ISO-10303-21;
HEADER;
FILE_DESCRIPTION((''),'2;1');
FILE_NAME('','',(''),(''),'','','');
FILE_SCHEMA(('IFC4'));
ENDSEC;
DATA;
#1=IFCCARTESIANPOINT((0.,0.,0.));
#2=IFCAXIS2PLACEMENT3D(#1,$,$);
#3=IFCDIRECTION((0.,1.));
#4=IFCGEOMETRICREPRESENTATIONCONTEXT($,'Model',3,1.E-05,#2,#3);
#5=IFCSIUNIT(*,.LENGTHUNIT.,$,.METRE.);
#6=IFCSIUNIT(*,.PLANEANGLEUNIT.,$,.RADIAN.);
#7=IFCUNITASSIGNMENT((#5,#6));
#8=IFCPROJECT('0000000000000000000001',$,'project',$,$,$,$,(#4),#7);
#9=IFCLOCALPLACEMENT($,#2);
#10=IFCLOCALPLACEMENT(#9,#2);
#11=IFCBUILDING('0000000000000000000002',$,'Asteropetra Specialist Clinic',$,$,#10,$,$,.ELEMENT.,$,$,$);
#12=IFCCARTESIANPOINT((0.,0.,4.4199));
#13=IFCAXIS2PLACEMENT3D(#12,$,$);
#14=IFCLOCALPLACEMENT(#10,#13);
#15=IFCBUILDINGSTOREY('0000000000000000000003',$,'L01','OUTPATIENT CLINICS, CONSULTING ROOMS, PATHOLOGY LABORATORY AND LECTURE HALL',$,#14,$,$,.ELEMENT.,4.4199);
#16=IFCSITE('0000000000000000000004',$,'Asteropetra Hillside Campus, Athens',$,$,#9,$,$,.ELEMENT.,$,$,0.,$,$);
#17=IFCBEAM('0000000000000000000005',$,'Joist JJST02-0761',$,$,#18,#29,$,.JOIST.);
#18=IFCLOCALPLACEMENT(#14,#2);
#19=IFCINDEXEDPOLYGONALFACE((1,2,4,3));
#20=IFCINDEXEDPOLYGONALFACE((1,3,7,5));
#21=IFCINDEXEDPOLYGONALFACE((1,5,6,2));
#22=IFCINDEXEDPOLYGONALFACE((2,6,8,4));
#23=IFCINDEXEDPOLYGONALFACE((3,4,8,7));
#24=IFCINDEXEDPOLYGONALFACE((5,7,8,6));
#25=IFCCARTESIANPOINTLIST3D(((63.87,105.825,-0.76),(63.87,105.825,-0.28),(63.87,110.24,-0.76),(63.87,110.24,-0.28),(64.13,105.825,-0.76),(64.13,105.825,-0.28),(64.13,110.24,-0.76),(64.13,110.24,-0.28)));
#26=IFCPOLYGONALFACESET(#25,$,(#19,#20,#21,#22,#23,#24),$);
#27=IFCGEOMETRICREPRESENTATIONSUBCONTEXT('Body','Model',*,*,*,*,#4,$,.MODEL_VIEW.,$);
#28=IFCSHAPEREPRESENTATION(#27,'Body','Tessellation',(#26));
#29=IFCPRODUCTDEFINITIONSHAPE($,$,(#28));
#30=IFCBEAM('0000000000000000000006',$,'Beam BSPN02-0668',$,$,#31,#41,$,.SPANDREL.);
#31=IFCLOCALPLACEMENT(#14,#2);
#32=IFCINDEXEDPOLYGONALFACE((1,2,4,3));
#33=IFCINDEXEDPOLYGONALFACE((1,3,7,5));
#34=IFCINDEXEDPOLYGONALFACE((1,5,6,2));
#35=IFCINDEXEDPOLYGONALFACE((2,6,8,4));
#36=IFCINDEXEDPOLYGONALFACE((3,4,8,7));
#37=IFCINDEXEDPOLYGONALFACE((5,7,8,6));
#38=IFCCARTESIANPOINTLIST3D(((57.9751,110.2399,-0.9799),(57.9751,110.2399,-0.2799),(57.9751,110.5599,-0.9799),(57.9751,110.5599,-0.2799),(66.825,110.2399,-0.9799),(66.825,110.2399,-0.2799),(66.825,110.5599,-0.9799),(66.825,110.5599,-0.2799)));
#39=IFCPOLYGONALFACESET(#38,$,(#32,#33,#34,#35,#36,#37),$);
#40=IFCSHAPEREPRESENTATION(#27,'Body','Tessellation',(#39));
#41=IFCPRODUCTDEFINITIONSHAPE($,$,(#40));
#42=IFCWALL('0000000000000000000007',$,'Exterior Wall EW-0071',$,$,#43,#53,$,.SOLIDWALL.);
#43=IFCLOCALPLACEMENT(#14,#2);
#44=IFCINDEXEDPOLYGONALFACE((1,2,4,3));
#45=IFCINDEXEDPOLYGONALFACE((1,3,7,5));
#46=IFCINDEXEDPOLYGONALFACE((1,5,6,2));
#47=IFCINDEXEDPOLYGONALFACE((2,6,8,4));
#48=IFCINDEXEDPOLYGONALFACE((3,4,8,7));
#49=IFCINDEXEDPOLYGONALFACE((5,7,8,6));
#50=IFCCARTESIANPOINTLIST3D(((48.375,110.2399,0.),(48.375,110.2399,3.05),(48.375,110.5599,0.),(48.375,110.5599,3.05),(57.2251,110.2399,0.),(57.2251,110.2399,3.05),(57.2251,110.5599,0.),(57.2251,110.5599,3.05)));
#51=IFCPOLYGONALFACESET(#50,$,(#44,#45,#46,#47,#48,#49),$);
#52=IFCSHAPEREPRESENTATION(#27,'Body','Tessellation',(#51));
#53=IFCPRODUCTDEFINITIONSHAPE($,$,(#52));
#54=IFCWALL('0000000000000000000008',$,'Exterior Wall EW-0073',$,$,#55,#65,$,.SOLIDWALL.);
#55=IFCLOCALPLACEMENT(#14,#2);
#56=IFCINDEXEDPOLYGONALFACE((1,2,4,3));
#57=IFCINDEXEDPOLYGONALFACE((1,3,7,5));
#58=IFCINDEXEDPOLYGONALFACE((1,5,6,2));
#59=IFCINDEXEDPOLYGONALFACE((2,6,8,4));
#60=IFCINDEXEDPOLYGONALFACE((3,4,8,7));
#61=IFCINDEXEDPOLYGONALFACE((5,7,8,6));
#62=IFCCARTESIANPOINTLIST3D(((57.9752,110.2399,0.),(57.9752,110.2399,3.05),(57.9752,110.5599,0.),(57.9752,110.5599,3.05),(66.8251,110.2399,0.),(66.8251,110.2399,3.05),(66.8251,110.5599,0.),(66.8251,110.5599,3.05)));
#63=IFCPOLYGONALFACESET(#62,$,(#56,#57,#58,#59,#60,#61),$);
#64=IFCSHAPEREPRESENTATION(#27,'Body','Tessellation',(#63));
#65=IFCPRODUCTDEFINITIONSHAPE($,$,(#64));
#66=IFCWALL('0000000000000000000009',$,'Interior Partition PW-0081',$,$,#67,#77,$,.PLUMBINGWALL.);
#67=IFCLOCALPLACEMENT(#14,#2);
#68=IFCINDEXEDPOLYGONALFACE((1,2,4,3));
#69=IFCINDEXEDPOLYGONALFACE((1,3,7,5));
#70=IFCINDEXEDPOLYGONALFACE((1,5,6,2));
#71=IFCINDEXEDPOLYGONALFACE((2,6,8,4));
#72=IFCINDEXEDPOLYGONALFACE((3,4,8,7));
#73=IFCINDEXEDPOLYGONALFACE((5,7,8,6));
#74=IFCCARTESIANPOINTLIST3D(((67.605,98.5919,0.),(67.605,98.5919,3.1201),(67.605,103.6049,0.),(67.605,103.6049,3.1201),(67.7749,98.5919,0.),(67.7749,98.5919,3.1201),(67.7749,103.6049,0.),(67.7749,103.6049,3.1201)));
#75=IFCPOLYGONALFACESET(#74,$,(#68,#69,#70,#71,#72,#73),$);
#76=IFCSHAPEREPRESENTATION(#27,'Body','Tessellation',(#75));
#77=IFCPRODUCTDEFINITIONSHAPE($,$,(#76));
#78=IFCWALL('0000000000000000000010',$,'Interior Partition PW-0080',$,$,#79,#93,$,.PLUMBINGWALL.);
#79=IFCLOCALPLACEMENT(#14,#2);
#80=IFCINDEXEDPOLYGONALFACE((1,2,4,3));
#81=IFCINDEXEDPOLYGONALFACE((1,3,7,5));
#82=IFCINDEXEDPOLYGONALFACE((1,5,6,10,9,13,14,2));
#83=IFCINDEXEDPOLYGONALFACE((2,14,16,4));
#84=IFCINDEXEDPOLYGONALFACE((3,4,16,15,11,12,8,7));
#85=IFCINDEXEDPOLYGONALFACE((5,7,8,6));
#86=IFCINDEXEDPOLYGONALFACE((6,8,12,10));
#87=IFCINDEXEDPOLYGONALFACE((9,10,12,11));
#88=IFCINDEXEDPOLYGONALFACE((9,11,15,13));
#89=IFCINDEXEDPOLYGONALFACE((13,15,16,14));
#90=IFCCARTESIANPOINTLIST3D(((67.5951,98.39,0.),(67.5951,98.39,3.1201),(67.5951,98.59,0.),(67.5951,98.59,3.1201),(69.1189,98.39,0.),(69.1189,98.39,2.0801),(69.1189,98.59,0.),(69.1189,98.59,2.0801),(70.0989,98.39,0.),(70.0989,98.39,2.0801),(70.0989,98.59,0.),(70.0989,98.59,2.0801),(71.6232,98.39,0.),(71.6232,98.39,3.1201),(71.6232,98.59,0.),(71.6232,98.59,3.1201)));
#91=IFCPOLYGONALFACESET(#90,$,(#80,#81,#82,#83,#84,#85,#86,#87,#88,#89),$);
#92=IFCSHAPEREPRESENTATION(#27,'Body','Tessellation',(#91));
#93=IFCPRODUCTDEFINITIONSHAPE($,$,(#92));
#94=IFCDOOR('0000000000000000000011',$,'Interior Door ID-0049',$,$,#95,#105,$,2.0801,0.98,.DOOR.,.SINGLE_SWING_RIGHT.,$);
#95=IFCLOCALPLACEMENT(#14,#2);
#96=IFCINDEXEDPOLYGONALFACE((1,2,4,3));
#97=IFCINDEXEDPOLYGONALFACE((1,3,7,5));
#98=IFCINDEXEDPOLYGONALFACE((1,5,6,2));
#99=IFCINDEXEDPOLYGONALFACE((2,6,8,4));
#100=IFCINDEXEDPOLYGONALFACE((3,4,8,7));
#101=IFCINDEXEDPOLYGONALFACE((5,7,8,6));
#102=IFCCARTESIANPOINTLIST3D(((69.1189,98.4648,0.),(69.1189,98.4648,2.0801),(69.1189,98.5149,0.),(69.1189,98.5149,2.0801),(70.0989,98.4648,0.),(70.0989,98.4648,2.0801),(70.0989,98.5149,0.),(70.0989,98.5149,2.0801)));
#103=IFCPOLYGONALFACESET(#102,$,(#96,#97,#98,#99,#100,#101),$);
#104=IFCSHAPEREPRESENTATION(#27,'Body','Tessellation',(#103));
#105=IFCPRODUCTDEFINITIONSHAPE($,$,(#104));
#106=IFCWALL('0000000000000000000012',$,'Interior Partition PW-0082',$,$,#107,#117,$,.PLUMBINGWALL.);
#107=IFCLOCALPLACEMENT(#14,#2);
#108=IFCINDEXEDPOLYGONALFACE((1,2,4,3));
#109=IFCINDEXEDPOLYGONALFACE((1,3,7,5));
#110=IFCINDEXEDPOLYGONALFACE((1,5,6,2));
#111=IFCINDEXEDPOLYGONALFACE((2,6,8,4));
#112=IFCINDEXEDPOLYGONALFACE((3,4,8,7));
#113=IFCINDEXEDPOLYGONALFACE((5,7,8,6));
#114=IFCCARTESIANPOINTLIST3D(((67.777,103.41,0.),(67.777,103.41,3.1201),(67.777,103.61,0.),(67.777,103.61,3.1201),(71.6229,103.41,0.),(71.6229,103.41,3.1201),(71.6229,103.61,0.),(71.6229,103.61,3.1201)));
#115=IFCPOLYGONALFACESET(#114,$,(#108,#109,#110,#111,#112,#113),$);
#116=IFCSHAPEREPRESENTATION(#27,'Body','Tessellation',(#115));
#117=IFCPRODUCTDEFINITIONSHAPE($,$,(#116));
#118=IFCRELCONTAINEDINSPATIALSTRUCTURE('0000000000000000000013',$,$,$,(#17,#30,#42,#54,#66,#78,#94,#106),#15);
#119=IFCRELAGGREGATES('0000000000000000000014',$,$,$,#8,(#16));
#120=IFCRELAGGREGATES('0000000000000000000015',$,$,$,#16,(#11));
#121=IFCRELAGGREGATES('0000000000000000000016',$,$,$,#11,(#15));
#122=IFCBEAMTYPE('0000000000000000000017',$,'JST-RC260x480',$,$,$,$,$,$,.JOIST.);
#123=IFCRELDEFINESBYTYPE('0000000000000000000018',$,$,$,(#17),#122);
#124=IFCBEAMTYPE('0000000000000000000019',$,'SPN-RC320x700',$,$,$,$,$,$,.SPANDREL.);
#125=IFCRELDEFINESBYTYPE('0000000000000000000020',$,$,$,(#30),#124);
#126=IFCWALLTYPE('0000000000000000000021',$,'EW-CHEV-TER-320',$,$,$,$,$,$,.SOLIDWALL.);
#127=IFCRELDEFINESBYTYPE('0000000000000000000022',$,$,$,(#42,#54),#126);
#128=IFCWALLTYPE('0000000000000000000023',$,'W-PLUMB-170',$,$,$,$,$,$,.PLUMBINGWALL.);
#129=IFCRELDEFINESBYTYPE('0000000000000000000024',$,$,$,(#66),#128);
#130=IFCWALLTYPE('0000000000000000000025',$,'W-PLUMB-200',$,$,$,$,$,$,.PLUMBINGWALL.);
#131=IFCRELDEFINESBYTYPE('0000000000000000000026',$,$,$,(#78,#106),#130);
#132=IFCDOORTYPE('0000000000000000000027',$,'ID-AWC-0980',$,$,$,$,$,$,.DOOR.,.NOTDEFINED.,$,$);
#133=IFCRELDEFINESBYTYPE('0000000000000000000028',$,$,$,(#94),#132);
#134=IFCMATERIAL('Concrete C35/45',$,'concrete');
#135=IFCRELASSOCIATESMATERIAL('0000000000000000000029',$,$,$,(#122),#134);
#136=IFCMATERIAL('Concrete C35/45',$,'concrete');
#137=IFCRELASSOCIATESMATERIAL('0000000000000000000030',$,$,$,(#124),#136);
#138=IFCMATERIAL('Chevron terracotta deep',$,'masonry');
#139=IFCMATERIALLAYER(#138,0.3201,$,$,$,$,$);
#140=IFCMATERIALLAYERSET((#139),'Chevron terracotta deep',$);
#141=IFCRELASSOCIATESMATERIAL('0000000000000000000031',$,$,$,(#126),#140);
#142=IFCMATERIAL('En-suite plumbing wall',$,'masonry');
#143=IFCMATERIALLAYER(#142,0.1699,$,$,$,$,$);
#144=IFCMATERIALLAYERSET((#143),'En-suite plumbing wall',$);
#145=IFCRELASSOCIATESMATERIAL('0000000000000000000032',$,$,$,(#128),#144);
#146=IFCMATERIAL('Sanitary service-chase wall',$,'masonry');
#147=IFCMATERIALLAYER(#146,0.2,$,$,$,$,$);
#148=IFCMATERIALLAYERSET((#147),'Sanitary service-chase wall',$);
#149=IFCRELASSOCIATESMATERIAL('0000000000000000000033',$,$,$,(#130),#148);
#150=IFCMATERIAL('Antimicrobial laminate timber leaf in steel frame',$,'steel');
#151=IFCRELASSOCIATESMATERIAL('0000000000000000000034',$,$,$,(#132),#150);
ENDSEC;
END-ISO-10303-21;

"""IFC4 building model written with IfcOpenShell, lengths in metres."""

from ifc_helpers import new_model, si_unit, direction, frame, frame_2d, origin, origin_2d, place, context, subcontext, project, spatial, rectangle, extrude, material, layer, layer_set, material_profile, profile_set, type_object, element, fill, save


model = new_model("IFC4")

# Units and contexts
model_context = context("Model", 3, precision=1e-05, world=origin(), true_north=direction((0.0, 1.0)))
body_context = subcontext(model_context, "Body", "Model", "MODEL_VIEW")
ifc_project = project(units=[si_unit("LENGTHUNIT", "METRE"), si_unit("PLANEANGLEUNIT", "RADIAN")], contexts=[model_context])

# Site, building, storey
site_placement = place(None, origin())
site = spatial("IfcSite", under=ifc_project, at=site_placement, Name="Asteropetra Hillside Campus, Athens", CompositionType="ELEMENT", RefElevation=0.0)
building_placement = place(site_placement, origin())
building = spatial("IfcBuilding", under=site, at=building_placement, Name="Asteropetra Specialist Clinic", CompositionType="ELEMENT")
storey_placement = place(building_placement, frame((0.0, 0.0, 4.4199)))
storey = spatial("IfcBuildingStorey", under=building, at=storey_placement, Name="L01", Description="OUTPATIENT CLINICS, CONSULTING ROOMS, PATHOLOGY LABORATORY AND LECTURE HALL", CompositionType="ELEMENT", Elevation=4.4199)

# Beams
ifc_material_1 = material(Name="Concrete C35/45", Category="concrete")
ifc_material_profile_1 = material_profile(ifc_material_1, rectangle(XDim=0.26, YDim=0.48, at=origin_2d()), Name="RCJ 260x480")
ifc_profile_set_1 = profile_set([ifc_material_profile_1], Name="Concrete C35/45")
beam_type_1 = type_object("IfcBeamType", Name="JST-RC260x480", PredefinedType="JOIST", material=ifc_profile_set_1)
for number, where, z_axis, x_axis, name in (
    (1, (64.0, 105.825, -0.52), (0.0, 1.0, 0.0), (-1.0, 0.0, 0.0), "Joist JJST02-0761"),
):
    element("IfcBeam", number, at=place(storey_placement, frame(where, z_axis=z_axis, x_axis=x_axis)), inside=storey, type_object=beam_type_1, Name=name, PredefinedType="JOIST", context=body_context, shape_type="SweptSolid", body=[
        extrude(rectangle(XDim=0.26, YDim=0.48, at=origin_2d()), origin(), (0.0, 0.0, 1.0), 4.415),
    ])
ifc_material_2 = material(Name="Concrete C35/45", Category="concrete")
ifc_material_profile_2 = material_profile(ifc_material_2, rectangle(XDim=0.3201, YDim=0.7, at=origin_2d()), Name="RCS 320x700")
ifc_profile_set_2 = profile_set([ifc_material_profile_2], Name="Concrete C35/45")
beam_type_2 = type_object("IfcBeamType", Name="SPN-RC320x700", PredefinedType="SPANDREL", material=ifc_profile_set_2)
beam_1_placement = place(storey_placement, frame((57.9751, 110.3999, -0.6299), z_axis=(1.0, 0.0, 0.0), x_axis=(0.0, 1.0, 0.0)))
element("IfcBeam", 2, at=beam_1_placement, inside=storey, type_object=beam_type_2, Name="Beam BSPN02-0668", PredefinedType="SPANDREL", context=body_context, shape_type="SweptSolid", body=[
    extrude(rectangle(XDim=0.3201, YDim=0.7, at=origin_2d()), origin(), (0.0, 0.0, 1.0), 8.8499),
])

# Walls
ifc_material_3 = material(Name="Chevron terracotta deep", Category="masonry")
ifc_layer_1 = layer(ifc_material_3, 0.3201)
ifc_layer_set_1 = layer_set([ifc_layer_1], Name="Chevron terracotta deep")
wall_type_1 = type_object("IfcWallType", Name="EW-CHEV-TER-320", PredefinedType="SOLIDWALL", material=ifc_layer_set_1)
wall_1_placement = place(storey_placement, frame((57.2251, 110.3999, 0.0), z_axis=(0.0, 0.0, 1.0), x_axis=(-1.0, 0.0, 0.0)))
element("IfcWall", 3, at=wall_1_placement, inside=storey, type_object=wall_type_1, Name="Exterior Wall EW-0071", PredefinedType="SOLIDWALL", context=body_context, shape_type="SweptSolid", body=[
    extrude(rectangle(XDim=8.8501, YDim=0.3201, at=frame_2d((4.425, 0.0))), origin(), (0.0, 0.0, 1.0), 3.05),
])
wall_2_placement = place(storey_placement, frame((66.825, 110.3999, 0.0), z_axis=(0.0, 0.0, 1.0), x_axis=(-1.0, 0.0, 0.0)))
element("IfcWall", 4, at=wall_2_placement, inside=storey, type_object=wall_type_1, Name="Exterior Wall EW-0073", PredefinedType="SOLIDWALL", context=body_context, shape_type="SweptSolid", body=[
    extrude(rectangle(XDim=8.8499, YDim=0.3201, at=frame_2d((4.4248, 0.0))), origin(), (0.0, 0.0, 1.0), 3.05),
])
ifc_material_4 = material(Name="En-suite plumbing wall", Category="masonry")
ifc_layer_2 = layer(ifc_material_4, 0.1699)
ifc_layer_set_2 = layer_set([ifc_layer_2], Name="En-suite plumbing wall")
wall_type_2 = type_object("IfcWallType", Name="W-PLUMB-170", PredefinedType="PLUMBINGWALL", material=ifc_layer_set_2)
wall_3_placement = place(storey_placement, frame((67.6899, 98.592, 0.0), z_axis=(0.0, 0.0, 1.0), x_axis=(0.0, 1.0, 0.0)))
element("IfcWall", 5, at=wall_3_placement, inside=storey, type_object=wall_type_2, Name="Interior Partition PW-0081", PredefinedType="PLUMBINGWALL", context=body_context, shape_type="SweptSolid", body=[
    extrude(rectangle(XDim=5.0129, YDim=0.1699, at=frame_2d((2.5063, 0.0))), origin(), (0.0, 0.0, 1.0), 3.1201),
])

# Wall, opening, door
ifc_material_5 = material(Name="Sanitary service-chase wall", Category="masonry")
ifc_layer_3 = layer(ifc_material_5, 0.2)
ifc_layer_set_3 = layer_set([ifc_layer_3], Name="Sanitary service-chase wall")
wall_type_3 = type_object("IfcWallType", Name="W-PLUMB-200", PredefinedType="PLUMBINGWALL", material=ifc_layer_set_3)
wall_4_placement = place(storey_placement, frame((67.595, 98.49, 0.0), z_axis=(0.0, 0.0, 1.0), x_axis=(1.0, 0.0, 0.0)))
wall_4 = element("IfcWall", 6, at=wall_4_placement, inside=storey, type_object=wall_type_3, Name="Interior Partition PW-0080", PredefinedType="PLUMBINGWALL", context=body_context, shape_type="SweptSolid", body=[
    extrude(rectangle(XDim=4.0281, YDim=0.2, at=frame_2d((2.0142, 0.0))), origin(), (0.0, 0.0, 1.0), 3.1201),
])
opening_placement = place(wall_4_placement, frame((1.5239, 0.0, 0.0)))
opening = element("IfcOpeningElement", 7, at=opening_placement, cuts=wall_4, PredefinedType="OPENING", context=body_context, shape_type="SweptSolid", body=[
    extrude(rectangle(XDim=0.98, YDim=2.0801, at=frame_2d((0.49, 1.04))), frame((0.0, 0.1099, 0.0), z_axis=(0.0, -1.0, 0.0), x_axis=(1.0, 0.0, 0.0)), (0.0, 0.0, 1.0), 0.22),
])
ifc_material_6 = material(Name="Antimicrobial laminate timber leaf in steel frame", Category="steel")
door_type = type_object("IfcDoorType", Name="ID-AWC-0980", OperationType="NOTDEFINED", PredefinedType="DOOR", material=ifc_material_6)
door_placement = place(opening_placement, origin())
door = element("IfcDoor", 8, at=door_placement, inside=storey, type_object=door_type, Name="Interior Door ID-0049", OperationType="SINGLE_SWING_RIGHT", OverallHeight=2.0801, OverallWidth=0.98, PredefinedType="DOOR", context=body_context, shape_type="SweptSolid", body=[
    extrude(rectangle(XDim=0.98, YDim=2.0801, at=frame_2d((0.49, 1.04))), frame((0.0, 0.0249, 0.0), z_axis=(0.0, -1.0, 0.0), x_axis=(1.0, 0.0, 0.0)), (0.0, 0.0, 1.0), 0.05),
])
fill(opening, door)

# Wall
wall_5_placement = place(storey_placement, frame((67.7771, 103.51, 0.0), z_axis=(0.0, 0.0, 1.0), x_axis=(1.0, 0.0, 0.0)))
element("IfcWall", 9, at=wall_5_placement, inside=storey, type_object=wall_type_3, Name="Interior Partition PW-0082", PredefinedType="PLUMBINGWALL", context=body_context, shape_type="SweptSolid", body=[
    extrude(rectangle(XDim=3.8459, YDim=0.2, at=frame_2d((1.9229, 0.0))), origin(), (0.0, 0.0, 1.0), 3.1201),
])

save(model, "model.ifc")
